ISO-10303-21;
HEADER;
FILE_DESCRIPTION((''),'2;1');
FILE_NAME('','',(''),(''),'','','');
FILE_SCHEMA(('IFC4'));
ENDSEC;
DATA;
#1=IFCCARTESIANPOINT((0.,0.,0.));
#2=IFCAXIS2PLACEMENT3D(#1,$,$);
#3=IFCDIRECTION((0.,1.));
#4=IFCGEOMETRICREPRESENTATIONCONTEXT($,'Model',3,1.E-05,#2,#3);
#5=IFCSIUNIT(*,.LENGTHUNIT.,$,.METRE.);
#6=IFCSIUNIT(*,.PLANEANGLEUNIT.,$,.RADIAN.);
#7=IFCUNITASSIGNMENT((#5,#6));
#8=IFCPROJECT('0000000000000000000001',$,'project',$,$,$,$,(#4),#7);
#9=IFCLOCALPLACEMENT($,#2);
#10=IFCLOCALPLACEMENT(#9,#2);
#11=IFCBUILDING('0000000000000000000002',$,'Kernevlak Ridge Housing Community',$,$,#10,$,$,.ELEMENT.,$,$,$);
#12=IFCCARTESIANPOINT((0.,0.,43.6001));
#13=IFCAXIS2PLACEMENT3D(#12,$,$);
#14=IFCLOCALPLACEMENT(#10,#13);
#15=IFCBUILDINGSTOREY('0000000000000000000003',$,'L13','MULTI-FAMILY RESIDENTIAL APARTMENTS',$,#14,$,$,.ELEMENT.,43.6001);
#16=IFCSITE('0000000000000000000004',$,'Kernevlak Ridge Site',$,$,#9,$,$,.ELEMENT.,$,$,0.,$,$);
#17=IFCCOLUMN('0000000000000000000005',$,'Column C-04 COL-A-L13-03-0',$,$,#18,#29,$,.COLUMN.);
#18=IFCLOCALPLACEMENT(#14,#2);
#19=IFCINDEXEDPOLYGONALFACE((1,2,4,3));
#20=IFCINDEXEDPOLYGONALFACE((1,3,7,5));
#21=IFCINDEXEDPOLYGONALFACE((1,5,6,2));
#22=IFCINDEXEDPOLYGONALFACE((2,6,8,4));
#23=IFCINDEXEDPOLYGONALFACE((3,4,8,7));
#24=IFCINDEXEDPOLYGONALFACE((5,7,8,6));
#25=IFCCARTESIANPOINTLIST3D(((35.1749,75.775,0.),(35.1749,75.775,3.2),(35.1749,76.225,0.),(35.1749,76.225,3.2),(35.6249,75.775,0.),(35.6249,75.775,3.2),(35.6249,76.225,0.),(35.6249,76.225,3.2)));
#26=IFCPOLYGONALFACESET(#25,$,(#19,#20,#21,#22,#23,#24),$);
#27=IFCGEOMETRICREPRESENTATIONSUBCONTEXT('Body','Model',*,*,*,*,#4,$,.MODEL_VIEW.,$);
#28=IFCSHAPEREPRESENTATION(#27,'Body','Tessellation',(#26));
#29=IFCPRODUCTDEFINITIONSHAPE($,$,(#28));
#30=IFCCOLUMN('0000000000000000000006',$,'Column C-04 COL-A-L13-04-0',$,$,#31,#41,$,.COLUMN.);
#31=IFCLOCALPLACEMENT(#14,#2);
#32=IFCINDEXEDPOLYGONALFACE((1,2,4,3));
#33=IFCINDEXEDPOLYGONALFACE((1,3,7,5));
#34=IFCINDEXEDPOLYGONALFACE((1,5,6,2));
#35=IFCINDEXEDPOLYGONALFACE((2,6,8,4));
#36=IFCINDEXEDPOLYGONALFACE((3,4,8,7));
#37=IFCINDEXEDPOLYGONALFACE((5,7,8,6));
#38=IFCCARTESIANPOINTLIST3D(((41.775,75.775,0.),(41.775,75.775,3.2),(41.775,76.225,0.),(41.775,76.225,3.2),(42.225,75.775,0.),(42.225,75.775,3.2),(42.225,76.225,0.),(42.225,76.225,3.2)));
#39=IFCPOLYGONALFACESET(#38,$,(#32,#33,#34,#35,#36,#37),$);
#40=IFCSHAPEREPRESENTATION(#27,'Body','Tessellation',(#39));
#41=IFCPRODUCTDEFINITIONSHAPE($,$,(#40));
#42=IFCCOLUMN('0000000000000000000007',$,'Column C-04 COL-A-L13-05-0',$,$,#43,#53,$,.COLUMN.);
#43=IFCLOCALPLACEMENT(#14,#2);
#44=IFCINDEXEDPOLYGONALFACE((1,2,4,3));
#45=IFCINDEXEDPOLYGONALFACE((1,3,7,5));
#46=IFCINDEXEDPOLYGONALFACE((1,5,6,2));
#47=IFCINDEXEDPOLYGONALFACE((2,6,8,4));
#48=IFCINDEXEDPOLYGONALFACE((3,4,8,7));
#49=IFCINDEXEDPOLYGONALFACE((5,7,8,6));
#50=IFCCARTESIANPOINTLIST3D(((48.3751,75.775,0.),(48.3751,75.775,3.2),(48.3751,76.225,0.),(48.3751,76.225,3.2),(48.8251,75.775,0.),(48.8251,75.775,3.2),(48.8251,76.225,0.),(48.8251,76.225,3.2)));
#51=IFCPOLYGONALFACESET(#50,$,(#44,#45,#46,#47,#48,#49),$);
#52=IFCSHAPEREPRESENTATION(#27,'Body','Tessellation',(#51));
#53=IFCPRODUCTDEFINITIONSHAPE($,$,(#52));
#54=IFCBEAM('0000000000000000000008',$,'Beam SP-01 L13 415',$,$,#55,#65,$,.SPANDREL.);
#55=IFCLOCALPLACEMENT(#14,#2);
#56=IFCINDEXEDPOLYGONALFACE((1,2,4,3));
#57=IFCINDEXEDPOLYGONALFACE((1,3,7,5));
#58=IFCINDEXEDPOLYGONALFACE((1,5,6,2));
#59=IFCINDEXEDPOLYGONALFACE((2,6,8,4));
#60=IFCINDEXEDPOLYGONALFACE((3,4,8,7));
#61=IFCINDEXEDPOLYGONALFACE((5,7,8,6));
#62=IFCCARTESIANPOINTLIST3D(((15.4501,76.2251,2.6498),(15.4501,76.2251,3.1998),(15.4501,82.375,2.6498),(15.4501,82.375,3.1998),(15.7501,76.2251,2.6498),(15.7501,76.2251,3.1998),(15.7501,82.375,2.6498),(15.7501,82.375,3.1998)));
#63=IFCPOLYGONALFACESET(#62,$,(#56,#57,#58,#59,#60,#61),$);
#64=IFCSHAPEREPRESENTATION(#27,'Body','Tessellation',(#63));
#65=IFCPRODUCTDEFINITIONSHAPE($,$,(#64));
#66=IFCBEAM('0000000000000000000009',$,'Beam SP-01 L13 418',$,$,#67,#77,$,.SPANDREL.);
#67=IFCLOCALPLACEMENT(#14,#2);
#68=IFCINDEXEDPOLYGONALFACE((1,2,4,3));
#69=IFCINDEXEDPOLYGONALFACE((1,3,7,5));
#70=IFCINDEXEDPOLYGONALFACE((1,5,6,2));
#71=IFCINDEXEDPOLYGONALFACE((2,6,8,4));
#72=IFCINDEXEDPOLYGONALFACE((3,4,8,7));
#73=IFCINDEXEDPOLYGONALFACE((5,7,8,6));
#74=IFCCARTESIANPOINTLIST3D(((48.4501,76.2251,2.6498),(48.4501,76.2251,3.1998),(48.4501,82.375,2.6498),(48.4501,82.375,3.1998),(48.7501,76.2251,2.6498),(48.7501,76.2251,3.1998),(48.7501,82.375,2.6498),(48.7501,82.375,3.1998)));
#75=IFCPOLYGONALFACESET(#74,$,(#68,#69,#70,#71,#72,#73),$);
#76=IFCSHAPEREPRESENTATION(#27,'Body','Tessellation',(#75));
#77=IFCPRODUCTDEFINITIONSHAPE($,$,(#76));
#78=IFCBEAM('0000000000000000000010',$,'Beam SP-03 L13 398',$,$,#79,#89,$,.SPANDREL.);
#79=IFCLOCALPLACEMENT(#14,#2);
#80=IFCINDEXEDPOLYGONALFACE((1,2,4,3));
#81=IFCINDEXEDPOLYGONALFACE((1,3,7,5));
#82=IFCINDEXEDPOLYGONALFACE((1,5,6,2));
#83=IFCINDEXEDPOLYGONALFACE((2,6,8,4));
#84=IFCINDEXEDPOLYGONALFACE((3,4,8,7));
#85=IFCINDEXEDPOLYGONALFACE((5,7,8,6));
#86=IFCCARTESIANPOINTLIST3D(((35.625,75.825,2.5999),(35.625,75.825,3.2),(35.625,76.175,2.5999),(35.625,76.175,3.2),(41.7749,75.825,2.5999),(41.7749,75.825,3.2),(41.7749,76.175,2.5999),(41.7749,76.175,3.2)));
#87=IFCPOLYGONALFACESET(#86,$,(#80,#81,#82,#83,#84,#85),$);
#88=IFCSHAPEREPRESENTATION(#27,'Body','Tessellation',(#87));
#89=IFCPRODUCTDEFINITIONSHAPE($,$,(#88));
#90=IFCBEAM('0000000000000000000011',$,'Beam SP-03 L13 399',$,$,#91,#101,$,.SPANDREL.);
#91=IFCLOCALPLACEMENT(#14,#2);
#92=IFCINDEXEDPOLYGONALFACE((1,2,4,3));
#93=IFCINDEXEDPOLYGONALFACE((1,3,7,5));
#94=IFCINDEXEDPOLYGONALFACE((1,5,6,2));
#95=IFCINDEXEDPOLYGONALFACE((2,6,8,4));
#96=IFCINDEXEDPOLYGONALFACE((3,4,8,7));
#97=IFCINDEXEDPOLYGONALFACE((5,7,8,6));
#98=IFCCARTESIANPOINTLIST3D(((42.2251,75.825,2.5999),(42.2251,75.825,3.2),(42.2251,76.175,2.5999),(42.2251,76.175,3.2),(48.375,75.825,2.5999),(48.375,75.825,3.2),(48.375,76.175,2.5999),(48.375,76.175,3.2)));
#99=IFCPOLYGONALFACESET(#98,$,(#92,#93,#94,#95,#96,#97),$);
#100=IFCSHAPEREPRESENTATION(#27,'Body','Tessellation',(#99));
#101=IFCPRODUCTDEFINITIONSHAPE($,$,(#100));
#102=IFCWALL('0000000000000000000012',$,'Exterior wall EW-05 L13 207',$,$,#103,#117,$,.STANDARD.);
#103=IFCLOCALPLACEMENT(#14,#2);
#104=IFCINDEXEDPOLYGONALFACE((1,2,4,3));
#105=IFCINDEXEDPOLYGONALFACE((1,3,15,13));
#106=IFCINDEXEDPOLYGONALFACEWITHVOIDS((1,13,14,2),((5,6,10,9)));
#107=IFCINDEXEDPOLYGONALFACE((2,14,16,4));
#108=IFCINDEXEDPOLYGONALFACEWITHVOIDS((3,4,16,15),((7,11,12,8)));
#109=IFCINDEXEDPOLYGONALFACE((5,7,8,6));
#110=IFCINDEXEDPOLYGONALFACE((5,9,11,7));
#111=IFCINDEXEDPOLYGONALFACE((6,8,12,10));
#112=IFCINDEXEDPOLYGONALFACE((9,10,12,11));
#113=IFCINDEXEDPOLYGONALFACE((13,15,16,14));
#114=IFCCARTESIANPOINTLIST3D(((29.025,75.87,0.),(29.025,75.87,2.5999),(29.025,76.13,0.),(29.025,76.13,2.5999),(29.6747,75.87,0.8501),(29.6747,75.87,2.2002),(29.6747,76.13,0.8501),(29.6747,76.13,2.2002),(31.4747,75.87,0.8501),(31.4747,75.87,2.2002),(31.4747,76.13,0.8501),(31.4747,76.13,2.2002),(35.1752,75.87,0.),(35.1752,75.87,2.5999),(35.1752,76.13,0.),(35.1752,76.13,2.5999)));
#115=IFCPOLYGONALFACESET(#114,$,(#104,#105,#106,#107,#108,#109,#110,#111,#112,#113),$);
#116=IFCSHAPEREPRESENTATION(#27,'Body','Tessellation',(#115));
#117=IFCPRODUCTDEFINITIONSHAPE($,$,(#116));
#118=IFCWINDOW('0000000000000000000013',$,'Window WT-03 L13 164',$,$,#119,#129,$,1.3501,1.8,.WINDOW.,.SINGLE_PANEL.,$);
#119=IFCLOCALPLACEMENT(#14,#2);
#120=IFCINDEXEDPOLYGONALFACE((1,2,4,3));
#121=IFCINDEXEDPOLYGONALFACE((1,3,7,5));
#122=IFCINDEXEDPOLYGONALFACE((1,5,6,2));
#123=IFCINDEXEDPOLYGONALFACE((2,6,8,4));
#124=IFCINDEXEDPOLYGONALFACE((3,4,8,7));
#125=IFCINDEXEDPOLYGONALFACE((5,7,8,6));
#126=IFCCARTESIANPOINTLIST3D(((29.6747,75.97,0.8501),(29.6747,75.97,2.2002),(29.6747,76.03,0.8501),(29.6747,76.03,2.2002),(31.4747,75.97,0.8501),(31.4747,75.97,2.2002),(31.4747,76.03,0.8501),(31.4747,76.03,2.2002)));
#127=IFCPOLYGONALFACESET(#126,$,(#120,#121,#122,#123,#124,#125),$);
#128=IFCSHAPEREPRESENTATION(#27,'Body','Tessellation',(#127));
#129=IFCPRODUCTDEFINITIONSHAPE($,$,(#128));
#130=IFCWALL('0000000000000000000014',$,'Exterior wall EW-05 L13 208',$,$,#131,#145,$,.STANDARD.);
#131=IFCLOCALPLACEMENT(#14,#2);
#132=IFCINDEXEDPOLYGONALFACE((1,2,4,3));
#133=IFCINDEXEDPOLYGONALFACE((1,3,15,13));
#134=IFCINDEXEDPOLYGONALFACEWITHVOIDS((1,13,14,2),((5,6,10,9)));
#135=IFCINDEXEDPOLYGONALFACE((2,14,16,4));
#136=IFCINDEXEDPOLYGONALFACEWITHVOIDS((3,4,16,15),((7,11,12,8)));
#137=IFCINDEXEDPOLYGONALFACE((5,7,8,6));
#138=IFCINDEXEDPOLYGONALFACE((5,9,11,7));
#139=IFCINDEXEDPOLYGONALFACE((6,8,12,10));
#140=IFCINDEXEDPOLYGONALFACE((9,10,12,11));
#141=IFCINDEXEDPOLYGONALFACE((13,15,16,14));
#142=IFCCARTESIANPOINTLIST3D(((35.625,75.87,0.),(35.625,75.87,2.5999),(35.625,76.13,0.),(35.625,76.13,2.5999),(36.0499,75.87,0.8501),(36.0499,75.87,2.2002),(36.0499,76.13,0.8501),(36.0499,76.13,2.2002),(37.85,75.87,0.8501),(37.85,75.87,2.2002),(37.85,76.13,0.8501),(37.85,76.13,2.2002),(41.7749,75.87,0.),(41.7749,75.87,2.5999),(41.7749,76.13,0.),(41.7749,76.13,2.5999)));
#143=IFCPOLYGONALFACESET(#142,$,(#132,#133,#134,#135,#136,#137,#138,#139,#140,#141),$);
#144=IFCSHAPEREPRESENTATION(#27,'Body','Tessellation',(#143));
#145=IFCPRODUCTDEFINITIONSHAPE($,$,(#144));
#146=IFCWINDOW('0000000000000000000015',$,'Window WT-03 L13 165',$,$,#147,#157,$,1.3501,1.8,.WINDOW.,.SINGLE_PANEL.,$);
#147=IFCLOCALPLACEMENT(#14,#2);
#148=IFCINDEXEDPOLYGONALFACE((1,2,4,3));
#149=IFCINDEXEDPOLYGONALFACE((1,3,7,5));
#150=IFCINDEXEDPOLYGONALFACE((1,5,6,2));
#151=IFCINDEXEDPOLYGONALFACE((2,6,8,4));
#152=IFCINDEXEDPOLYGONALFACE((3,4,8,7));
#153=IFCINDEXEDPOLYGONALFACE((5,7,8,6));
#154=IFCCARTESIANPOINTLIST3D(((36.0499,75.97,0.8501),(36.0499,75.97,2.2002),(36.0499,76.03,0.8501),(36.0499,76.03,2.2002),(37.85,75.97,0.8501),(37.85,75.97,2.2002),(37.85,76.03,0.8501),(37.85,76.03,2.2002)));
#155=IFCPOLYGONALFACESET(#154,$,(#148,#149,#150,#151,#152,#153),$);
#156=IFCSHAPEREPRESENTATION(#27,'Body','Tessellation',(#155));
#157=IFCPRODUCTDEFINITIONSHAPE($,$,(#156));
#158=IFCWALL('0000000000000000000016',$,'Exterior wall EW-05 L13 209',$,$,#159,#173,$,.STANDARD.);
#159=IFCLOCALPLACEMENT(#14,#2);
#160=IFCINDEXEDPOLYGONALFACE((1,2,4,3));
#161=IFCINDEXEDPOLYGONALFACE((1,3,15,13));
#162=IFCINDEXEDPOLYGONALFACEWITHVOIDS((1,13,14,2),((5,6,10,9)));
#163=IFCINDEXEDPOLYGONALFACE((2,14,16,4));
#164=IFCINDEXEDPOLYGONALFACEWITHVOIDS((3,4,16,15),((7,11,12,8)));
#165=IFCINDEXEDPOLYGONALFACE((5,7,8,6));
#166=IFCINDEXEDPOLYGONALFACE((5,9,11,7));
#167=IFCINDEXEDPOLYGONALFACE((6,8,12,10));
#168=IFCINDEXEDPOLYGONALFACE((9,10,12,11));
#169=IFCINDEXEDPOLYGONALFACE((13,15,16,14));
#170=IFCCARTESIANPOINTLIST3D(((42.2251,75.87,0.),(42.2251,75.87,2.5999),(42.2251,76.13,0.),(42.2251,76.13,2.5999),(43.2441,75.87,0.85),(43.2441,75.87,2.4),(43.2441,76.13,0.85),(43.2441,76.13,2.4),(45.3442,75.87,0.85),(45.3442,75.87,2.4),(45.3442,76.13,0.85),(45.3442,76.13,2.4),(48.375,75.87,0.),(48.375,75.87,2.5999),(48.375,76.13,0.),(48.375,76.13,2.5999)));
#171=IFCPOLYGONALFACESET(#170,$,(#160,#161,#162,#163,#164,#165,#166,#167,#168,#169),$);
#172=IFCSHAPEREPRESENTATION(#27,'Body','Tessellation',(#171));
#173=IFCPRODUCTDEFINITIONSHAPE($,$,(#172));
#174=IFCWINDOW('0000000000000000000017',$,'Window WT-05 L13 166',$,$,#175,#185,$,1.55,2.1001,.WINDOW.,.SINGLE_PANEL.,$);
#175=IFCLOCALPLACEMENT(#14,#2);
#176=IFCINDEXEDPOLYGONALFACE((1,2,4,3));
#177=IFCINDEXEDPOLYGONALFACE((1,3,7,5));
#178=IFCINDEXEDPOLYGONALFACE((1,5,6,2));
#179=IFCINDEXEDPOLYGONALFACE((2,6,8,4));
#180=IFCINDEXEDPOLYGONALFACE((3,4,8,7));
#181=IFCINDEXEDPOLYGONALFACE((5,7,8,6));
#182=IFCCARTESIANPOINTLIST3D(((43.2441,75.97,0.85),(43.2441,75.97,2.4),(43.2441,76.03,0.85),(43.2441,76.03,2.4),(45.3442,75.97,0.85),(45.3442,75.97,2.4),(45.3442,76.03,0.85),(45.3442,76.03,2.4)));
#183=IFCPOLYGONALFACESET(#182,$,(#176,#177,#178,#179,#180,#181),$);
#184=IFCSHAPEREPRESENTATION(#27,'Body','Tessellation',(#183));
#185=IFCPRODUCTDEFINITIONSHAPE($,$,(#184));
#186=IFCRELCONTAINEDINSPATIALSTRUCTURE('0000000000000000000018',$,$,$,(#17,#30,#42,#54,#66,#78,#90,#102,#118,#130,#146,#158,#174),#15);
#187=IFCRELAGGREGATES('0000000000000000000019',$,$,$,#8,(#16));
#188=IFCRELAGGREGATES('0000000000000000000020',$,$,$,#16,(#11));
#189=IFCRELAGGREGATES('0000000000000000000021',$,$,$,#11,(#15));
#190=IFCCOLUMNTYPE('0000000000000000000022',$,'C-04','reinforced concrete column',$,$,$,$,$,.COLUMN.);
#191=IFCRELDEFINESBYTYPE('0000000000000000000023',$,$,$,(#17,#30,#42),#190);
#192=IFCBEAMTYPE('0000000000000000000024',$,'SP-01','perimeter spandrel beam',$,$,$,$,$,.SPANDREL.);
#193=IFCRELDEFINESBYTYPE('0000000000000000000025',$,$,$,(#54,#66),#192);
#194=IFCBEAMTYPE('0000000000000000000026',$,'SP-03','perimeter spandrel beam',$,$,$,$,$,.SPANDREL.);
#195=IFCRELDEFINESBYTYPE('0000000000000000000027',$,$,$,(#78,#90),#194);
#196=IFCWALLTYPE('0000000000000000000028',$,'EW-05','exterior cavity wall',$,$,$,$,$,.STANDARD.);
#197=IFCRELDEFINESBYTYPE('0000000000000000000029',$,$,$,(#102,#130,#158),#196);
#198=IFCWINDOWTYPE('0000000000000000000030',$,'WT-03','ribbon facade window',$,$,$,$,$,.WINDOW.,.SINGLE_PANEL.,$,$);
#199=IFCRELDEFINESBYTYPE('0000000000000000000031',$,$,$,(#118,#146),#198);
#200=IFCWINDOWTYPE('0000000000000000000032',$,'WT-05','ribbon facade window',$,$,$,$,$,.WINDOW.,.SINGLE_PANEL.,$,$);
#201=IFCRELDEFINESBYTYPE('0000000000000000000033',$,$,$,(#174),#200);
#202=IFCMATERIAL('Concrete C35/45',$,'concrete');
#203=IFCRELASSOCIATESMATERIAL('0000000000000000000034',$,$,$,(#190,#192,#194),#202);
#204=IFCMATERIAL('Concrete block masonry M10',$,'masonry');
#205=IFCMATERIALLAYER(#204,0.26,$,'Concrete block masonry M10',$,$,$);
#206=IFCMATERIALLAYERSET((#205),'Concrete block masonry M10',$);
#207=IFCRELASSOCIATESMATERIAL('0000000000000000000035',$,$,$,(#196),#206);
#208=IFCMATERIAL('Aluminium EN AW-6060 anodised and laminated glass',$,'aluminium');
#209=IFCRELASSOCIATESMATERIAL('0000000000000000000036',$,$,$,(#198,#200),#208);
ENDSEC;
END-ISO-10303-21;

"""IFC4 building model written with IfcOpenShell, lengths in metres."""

from ifc_helpers import new_model, si_unit, direction, frame, frame_2d, origin, origin_2d, place, context, subcontext, project, spatial, rectangle, extrude, material, layer, layer_set, material_profile, profile_set, type_object, element, fill, save


model = new_model("IFC4")

# Units and contexts
model_context = context("Model", 3, precision=1e-05, world=origin(), true_north=direction((0.0, 1.0)))
body_context = subcontext(model_context, "Body", "Model", "MODEL_VIEW")
ifc_project = project(units=[si_unit("LENGTHUNIT", "METRE"), si_unit("PLANEANGLEUNIT", "RADIAN")], contexts=[model_context])

# Site, building, storey
site_placement = place(None, origin())
site = spatial("IfcSite", under=ifc_project, at=site_placement, Name="Kernevlak Ridge Site", CompositionType="ELEMENT", RefElevation=0.0)
building_placement = place(site_placement, origin())
building = spatial("IfcBuilding", under=site, at=building_placement, Name="Kernevlak Ridge Housing Community", CompositionType="ELEMENT")
storey_placement = place(building_placement, frame((0.0, 0.0, 43.6001)))
storey = spatial("IfcBuildingStorey", under=building, at=storey_placement, Name="L13", Description="MULTI-FAMILY RESIDENTIAL APARTMENTS", CompositionType="ELEMENT", Elevation=43.6001)

# Columns
ifc_material_1 = material(Name="Concrete C35/45", Category="concrete")
ifc_material_profile_1 = material_profile(ifc_material_1, rectangle(XDim=0.45, YDim=0.45, at=origin_2d()), Name="RC 450x450")
ifc_profile_set_1 = profile_set([ifc_material_profile_1], Name="Concrete C35/45")
column_type = type_object("IfcColumnType", Name="C-04", Description="reinforced concrete column", PredefinedType="COLUMN", material=ifc_profile_set_1)
for number, where, z_axis, x_axis, name in (
    (1, (35.3999, 76.0, 0.0), (0.0, 0.0, 1.0), (1.0, 0.0, 0.0), "Column C-04 COL-A-L13-03-0"),
    (2, (42.0, 76.0, 0.0), (0.0, 0.0, 1.0), (1.0, 0.0, 0.0), "Column C-04 COL-A-L13-04-0"),
    (3, (48.6001, 76.0, 0.0), (0.0, 0.0, 1.0), (1.0, 0.0, 0.0), "Column C-04 COL-A-L13-05-0"),
):
    element("IfcColumn", number, at=place(storey_placement, frame(where, z_axis=z_axis, x_axis=x_axis)), inside=storey, type_object=column_type, Name=name, PredefinedType="COLUMN", context=body_context, shape_type="SweptSolid", body=[
        extrude(rectangle(XDim=0.45, YDim=0.45, at=origin_2d()), origin(), (0.0, 0.0, 1.0), 3.2),
    ])

# Beams
ifc_material_profile_2 = material_profile(ifc_material_1, rectangle(XDim=0.3, YDim=0.55, at=origin_2d()), Name="RC 300x550")
ifc_profile_set_2 = profile_set([ifc_material_profile_2], Name="Concrete C35/45")
beam_type_1 = type_object("IfcBeamType", Name="SP-01", Description="perimeter spandrel beam", PredefinedType="SPANDREL", material=ifc_profile_set_2)
for number, where, z_axis, x_axis, name in (
    (4, (15.6001, 76.2251, 2.9248), (0.0, 1.0, 0.0), (-1.0, 0.0, 0.0), "Beam SP-01 L13 415"),
    (5, (48.6001, 76.2251, 2.9248), (0.0, 1.0, 0.0), (-1.0, 0.0, 0.0), "Beam SP-01 L13 418"),
):
    element("IfcBeam", number, at=place(storey_placement, frame(where, z_axis=z_axis, x_axis=x_axis)), inside=storey, type_object=beam_type_1, Name=name, PredefinedType="SPANDREL", context=body_context, shape_type="SweptSolid", body=[
        extrude(rectangle(XDim=0.3, YDim=0.55, at=origin_2d()), origin(), (0.0, 0.0, 1.0), 6.1499),
    ])
ifc_material_profile_3 = material_profile(ifc_material_1, rectangle(XDim=0.3501, YDim=0.6001, at=origin_2d()), Name="RC 350x600")
ifc_profile_set_3 = profile_set([ifc_material_profile_3], Name="Concrete C35/45")
beam_type_2 = type_object("IfcBeamType", Name="SP-03", Description="perimeter spandrel beam", PredefinedType="SPANDREL", material=ifc_profile_set_3)
for number, where, z_axis, x_axis, name in (
    (6, (35.625, 76.0, 2.8999), (1.0, 0.0, 0.0), (0.0, 1.0, 0.0), "Beam SP-03 L13 398"),
    (7, (42.2251, 76.0, 2.8999), (1.0, 0.0, 0.0), (0.0, 1.0, 0.0), "Beam SP-03 L13 399"),
):
    element("IfcBeam", number, at=place(storey_placement, frame(where, z_axis=z_axis, x_axis=x_axis)), inside=storey, type_object=beam_type_2, Name=name, PredefinedType="SPANDREL", context=body_context, shape_type="SweptSolid", body=[
        extrude(rectangle(XDim=0.3501, YDim=0.6001, at=origin_2d()), origin(), (0.0, 0.0, 1.0), 6.1499),
    ])

# Walls, openings, windows
ifc_material_2 = material(Name="Concrete block masonry M10", Category="masonry")
ifc_layer_1 = layer(ifc_material_2, 0.26, Name="Concrete block masonry M10")
ifc_layer_set_1 = layer_set([ifc_layer_1], Name="Concrete block masonry M10")
wall_type_1 = type_object("IfcWallType", Name="EW-05", Description="exterior cavity wall", PredefinedType="STANDARD", material=ifc_layer_set_1)
wall_1_placement = place(storey_placement, frame((29.0249, 76.0, 0.0), z_axis=(0.0, 0.0, 1.0), x_axis=(1.0, 0.0, 0.0)))
wall_1 = element("IfcWall", 8, at=wall_1_placement, inside=storey, type_object=wall_type_1, Name="Exterior wall EW-05 L13 207", PredefinedType="STANDARD", context=body_context, shape_type="SweptSolid", body=[
    extrude(rectangle(XDim=6.1501, YDim=0.26, at=frame_2d((3.0752, 0.0))), origin(), (0.0, 0.0, 1.0), 2.5999),
])
opening_1_placement = place(wall_1_placement, frame((0.6499, 0.0, 0.8501)))
opening_1 = element("IfcOpeningElement", 9, at=opening_1_placement, cuts=wall_1, PredefinedType="OPENING", context=body_context, shape_type="SweptSolid", body=[
    extrude(rectangle(XDim=1.8, YDim=1.3501, at=frame_2d((0.8999, 0.675))), frame((0.0, 0.1399, 0.0), z_axis=(0.0, -1.0, 0.0), x_axis=(1.0, 0.0, 0.0)), (0.0, 0.0, 1.0), 0.28),
])
ifc_material_3 = material(Name="Aluminium EN AW-6060 anodised and laminated glass", Category="aluminium")
window_type_1 = type_object("IfcWindowType", Name="WT-03", Description="ribbon facade window", PartitioningType="SINGLE_PANEL", PredefinedType="WINDOW", material=ifc_material_3)
window_1_placement = place(opening_1_placement, origin())
window_1 = element("IfcWindow", 10, at=window_1_placement, inside=storey, type_object=window_type_1, Name="Window WT-03 L13 164", OverallHeight=1.3501, OverallWidth=1.8, PartitioningType="SINGLE_PANEL", PredefinedType="WINDOW", context=body_context, shape_type="SweptSolid", body=[
    extrude(rectangle(XDim=1.8, YDim=1.3501, at=frame_2d((0.8999, 0.675))), frame((0.0, 0.03, 0.0), z_axis=(0.0, -1.0, 0.0), x_axis=(1.0, 0.0, 0.0)), (0.0, 0.0, 1.0), 0.0601),
])
fill(opening_1, window_1)
wall_2_placement = place(storey_placement, frame((35.625, 76.0, 0.0), z_axis=(0.0, 0.0, 1.0), x_axis=(1.0, 0.0, 0.0)))
wall_2 = element("IfcWall", 11, at=wall_2_placement, inside=storey, type_object=wall_type_1, Name="Exterior wall EW-05 L13 208", PredefinedType="STANDARD", context=body_context, shape_type="SweptSolid", body=[
    extrude(rectangle(XDim=6.1499, YDim=0.26, at=frame_2d((3.075, 0.0))), origin(), (0.0, 0.0, 1.0), 2.5999),
])
opening_2_placement = place(wall_2_placement, frame((0.425, 0.0, 0.8501)))
opening_2 = element("IfcOpeningElement", 12, at=opening_2_placement, cuts=wall_2, PredefinedType="OPENING", context=body_context, shape_type="SweptSolid", body=[
    extrude(rectangle(XDim=1.8, YDim=1.3501, at=frame_2d((0.8999, 0.675))), frame((0.0, 0.1399, 0.0), z_axis=(0.0, -1.0, 0.0), x_axis=(1.0, 0.0, 0.0)), (0.0, 0.0, 1.0), 0.28),
])
window_2_placement = place(opening_2_placement, origin())
window_2 = element("IfcWindow", 13, at=window_2_placement, inside=storey, type_object=window_type_1, Name="Window WT-03 L13 165", OverallHeight=1.3501, OverallWidth=1.8, PartitioningType="SINGLE_PANEL", PredefinedType="WINDOW", context=body_context, shape_type="SweptSolid", body=[
    extrude(rectangle(XDim=1.8, YDim=1.3501, at=frame_2d((0.8999, 0.675))), frame((0.0, 0.03, 0.0), z_axis=(0.0, -1.0, 0.0), x_axis=(1.0, 0.0, 0.0)), (0.0, 0.0, 1.0), 0.0601),
])
fill(opening_2, window_2)
wall_3_placement = place(storey_placement, frame((42.2251, 76.0, 0.0), z_axis=(0.0, 0.0, 1.0), x_axis=(1.0, 0.0, 0.0)))
wall_3 = element("IfcWall", 14, at=wall_3_placement, inside=storey, type_object=wall_type_1, Name="Exterior wall EW-05 L13 209", PredefinedType="STANDARD", context=body_context, shape_type="SweptSolid", body=[
    extrude(rectangle(XDim=6.1499, YDim=0.26, at=frame_2d((3.075, 0.0))), origin(), (0.0, 0.0, 1.0), 2.5999),
])
opening_3_placement = place(wall_3_placement, frame((1.019, 0.0, 0.8501)))
opening_3 = element("IfcOpeningElement", 15, at=opening_3_placement, cuts=wall_3, PredefinedType="OPENING", context=body_context, shape_type="SweptSolid", body=[
    extrude(rectangle(XDim=2.1001, YDim=1.55, at=frame_2d((1.05, 0.7749))), frame((0.0, 0.1399, 0.0), z_axis=(0.0, -1.0, 0.0), x_axis=(1.0, 0.0, 0.0)), (0.0, 0.0, 1.0), 0.28),
])
window_type_2 = type_object("IfcWindowType", Name="WT-05", Description="ribbon facade window", PartitioningType="SINGLE_PANEL", PredefinedType="WINDOW", material=ifc_material_3)
window_3_placement = place(opening_3_placement, origin())
window_3 = element("IfcWindow", 16, at=window_3_placement, inside=storey, type_object=window_type_2, Name="Window WT-05 L13 166", OverallHeight=1.55, OverallWidth=2.1001, PartitioningType="SINGLE_PANEL", PredefinedType="WINDOW", context=body_context, shape_type="SweptSolid", body=[
    extrude(rectangle(XDim=2.1001, YDim=1.55, at=frame_2d((1.05, 0.7749))), frame((0.0, 0.03, 0.0), z_axis=(0.0, -1.0, 0.0), x_axis=(1.0, 0.0, 0.0)), (0.0, 0.0, 1.0), 0.0601),
])
fill(opening_3, window_3)

save(model, "model.ifc")
